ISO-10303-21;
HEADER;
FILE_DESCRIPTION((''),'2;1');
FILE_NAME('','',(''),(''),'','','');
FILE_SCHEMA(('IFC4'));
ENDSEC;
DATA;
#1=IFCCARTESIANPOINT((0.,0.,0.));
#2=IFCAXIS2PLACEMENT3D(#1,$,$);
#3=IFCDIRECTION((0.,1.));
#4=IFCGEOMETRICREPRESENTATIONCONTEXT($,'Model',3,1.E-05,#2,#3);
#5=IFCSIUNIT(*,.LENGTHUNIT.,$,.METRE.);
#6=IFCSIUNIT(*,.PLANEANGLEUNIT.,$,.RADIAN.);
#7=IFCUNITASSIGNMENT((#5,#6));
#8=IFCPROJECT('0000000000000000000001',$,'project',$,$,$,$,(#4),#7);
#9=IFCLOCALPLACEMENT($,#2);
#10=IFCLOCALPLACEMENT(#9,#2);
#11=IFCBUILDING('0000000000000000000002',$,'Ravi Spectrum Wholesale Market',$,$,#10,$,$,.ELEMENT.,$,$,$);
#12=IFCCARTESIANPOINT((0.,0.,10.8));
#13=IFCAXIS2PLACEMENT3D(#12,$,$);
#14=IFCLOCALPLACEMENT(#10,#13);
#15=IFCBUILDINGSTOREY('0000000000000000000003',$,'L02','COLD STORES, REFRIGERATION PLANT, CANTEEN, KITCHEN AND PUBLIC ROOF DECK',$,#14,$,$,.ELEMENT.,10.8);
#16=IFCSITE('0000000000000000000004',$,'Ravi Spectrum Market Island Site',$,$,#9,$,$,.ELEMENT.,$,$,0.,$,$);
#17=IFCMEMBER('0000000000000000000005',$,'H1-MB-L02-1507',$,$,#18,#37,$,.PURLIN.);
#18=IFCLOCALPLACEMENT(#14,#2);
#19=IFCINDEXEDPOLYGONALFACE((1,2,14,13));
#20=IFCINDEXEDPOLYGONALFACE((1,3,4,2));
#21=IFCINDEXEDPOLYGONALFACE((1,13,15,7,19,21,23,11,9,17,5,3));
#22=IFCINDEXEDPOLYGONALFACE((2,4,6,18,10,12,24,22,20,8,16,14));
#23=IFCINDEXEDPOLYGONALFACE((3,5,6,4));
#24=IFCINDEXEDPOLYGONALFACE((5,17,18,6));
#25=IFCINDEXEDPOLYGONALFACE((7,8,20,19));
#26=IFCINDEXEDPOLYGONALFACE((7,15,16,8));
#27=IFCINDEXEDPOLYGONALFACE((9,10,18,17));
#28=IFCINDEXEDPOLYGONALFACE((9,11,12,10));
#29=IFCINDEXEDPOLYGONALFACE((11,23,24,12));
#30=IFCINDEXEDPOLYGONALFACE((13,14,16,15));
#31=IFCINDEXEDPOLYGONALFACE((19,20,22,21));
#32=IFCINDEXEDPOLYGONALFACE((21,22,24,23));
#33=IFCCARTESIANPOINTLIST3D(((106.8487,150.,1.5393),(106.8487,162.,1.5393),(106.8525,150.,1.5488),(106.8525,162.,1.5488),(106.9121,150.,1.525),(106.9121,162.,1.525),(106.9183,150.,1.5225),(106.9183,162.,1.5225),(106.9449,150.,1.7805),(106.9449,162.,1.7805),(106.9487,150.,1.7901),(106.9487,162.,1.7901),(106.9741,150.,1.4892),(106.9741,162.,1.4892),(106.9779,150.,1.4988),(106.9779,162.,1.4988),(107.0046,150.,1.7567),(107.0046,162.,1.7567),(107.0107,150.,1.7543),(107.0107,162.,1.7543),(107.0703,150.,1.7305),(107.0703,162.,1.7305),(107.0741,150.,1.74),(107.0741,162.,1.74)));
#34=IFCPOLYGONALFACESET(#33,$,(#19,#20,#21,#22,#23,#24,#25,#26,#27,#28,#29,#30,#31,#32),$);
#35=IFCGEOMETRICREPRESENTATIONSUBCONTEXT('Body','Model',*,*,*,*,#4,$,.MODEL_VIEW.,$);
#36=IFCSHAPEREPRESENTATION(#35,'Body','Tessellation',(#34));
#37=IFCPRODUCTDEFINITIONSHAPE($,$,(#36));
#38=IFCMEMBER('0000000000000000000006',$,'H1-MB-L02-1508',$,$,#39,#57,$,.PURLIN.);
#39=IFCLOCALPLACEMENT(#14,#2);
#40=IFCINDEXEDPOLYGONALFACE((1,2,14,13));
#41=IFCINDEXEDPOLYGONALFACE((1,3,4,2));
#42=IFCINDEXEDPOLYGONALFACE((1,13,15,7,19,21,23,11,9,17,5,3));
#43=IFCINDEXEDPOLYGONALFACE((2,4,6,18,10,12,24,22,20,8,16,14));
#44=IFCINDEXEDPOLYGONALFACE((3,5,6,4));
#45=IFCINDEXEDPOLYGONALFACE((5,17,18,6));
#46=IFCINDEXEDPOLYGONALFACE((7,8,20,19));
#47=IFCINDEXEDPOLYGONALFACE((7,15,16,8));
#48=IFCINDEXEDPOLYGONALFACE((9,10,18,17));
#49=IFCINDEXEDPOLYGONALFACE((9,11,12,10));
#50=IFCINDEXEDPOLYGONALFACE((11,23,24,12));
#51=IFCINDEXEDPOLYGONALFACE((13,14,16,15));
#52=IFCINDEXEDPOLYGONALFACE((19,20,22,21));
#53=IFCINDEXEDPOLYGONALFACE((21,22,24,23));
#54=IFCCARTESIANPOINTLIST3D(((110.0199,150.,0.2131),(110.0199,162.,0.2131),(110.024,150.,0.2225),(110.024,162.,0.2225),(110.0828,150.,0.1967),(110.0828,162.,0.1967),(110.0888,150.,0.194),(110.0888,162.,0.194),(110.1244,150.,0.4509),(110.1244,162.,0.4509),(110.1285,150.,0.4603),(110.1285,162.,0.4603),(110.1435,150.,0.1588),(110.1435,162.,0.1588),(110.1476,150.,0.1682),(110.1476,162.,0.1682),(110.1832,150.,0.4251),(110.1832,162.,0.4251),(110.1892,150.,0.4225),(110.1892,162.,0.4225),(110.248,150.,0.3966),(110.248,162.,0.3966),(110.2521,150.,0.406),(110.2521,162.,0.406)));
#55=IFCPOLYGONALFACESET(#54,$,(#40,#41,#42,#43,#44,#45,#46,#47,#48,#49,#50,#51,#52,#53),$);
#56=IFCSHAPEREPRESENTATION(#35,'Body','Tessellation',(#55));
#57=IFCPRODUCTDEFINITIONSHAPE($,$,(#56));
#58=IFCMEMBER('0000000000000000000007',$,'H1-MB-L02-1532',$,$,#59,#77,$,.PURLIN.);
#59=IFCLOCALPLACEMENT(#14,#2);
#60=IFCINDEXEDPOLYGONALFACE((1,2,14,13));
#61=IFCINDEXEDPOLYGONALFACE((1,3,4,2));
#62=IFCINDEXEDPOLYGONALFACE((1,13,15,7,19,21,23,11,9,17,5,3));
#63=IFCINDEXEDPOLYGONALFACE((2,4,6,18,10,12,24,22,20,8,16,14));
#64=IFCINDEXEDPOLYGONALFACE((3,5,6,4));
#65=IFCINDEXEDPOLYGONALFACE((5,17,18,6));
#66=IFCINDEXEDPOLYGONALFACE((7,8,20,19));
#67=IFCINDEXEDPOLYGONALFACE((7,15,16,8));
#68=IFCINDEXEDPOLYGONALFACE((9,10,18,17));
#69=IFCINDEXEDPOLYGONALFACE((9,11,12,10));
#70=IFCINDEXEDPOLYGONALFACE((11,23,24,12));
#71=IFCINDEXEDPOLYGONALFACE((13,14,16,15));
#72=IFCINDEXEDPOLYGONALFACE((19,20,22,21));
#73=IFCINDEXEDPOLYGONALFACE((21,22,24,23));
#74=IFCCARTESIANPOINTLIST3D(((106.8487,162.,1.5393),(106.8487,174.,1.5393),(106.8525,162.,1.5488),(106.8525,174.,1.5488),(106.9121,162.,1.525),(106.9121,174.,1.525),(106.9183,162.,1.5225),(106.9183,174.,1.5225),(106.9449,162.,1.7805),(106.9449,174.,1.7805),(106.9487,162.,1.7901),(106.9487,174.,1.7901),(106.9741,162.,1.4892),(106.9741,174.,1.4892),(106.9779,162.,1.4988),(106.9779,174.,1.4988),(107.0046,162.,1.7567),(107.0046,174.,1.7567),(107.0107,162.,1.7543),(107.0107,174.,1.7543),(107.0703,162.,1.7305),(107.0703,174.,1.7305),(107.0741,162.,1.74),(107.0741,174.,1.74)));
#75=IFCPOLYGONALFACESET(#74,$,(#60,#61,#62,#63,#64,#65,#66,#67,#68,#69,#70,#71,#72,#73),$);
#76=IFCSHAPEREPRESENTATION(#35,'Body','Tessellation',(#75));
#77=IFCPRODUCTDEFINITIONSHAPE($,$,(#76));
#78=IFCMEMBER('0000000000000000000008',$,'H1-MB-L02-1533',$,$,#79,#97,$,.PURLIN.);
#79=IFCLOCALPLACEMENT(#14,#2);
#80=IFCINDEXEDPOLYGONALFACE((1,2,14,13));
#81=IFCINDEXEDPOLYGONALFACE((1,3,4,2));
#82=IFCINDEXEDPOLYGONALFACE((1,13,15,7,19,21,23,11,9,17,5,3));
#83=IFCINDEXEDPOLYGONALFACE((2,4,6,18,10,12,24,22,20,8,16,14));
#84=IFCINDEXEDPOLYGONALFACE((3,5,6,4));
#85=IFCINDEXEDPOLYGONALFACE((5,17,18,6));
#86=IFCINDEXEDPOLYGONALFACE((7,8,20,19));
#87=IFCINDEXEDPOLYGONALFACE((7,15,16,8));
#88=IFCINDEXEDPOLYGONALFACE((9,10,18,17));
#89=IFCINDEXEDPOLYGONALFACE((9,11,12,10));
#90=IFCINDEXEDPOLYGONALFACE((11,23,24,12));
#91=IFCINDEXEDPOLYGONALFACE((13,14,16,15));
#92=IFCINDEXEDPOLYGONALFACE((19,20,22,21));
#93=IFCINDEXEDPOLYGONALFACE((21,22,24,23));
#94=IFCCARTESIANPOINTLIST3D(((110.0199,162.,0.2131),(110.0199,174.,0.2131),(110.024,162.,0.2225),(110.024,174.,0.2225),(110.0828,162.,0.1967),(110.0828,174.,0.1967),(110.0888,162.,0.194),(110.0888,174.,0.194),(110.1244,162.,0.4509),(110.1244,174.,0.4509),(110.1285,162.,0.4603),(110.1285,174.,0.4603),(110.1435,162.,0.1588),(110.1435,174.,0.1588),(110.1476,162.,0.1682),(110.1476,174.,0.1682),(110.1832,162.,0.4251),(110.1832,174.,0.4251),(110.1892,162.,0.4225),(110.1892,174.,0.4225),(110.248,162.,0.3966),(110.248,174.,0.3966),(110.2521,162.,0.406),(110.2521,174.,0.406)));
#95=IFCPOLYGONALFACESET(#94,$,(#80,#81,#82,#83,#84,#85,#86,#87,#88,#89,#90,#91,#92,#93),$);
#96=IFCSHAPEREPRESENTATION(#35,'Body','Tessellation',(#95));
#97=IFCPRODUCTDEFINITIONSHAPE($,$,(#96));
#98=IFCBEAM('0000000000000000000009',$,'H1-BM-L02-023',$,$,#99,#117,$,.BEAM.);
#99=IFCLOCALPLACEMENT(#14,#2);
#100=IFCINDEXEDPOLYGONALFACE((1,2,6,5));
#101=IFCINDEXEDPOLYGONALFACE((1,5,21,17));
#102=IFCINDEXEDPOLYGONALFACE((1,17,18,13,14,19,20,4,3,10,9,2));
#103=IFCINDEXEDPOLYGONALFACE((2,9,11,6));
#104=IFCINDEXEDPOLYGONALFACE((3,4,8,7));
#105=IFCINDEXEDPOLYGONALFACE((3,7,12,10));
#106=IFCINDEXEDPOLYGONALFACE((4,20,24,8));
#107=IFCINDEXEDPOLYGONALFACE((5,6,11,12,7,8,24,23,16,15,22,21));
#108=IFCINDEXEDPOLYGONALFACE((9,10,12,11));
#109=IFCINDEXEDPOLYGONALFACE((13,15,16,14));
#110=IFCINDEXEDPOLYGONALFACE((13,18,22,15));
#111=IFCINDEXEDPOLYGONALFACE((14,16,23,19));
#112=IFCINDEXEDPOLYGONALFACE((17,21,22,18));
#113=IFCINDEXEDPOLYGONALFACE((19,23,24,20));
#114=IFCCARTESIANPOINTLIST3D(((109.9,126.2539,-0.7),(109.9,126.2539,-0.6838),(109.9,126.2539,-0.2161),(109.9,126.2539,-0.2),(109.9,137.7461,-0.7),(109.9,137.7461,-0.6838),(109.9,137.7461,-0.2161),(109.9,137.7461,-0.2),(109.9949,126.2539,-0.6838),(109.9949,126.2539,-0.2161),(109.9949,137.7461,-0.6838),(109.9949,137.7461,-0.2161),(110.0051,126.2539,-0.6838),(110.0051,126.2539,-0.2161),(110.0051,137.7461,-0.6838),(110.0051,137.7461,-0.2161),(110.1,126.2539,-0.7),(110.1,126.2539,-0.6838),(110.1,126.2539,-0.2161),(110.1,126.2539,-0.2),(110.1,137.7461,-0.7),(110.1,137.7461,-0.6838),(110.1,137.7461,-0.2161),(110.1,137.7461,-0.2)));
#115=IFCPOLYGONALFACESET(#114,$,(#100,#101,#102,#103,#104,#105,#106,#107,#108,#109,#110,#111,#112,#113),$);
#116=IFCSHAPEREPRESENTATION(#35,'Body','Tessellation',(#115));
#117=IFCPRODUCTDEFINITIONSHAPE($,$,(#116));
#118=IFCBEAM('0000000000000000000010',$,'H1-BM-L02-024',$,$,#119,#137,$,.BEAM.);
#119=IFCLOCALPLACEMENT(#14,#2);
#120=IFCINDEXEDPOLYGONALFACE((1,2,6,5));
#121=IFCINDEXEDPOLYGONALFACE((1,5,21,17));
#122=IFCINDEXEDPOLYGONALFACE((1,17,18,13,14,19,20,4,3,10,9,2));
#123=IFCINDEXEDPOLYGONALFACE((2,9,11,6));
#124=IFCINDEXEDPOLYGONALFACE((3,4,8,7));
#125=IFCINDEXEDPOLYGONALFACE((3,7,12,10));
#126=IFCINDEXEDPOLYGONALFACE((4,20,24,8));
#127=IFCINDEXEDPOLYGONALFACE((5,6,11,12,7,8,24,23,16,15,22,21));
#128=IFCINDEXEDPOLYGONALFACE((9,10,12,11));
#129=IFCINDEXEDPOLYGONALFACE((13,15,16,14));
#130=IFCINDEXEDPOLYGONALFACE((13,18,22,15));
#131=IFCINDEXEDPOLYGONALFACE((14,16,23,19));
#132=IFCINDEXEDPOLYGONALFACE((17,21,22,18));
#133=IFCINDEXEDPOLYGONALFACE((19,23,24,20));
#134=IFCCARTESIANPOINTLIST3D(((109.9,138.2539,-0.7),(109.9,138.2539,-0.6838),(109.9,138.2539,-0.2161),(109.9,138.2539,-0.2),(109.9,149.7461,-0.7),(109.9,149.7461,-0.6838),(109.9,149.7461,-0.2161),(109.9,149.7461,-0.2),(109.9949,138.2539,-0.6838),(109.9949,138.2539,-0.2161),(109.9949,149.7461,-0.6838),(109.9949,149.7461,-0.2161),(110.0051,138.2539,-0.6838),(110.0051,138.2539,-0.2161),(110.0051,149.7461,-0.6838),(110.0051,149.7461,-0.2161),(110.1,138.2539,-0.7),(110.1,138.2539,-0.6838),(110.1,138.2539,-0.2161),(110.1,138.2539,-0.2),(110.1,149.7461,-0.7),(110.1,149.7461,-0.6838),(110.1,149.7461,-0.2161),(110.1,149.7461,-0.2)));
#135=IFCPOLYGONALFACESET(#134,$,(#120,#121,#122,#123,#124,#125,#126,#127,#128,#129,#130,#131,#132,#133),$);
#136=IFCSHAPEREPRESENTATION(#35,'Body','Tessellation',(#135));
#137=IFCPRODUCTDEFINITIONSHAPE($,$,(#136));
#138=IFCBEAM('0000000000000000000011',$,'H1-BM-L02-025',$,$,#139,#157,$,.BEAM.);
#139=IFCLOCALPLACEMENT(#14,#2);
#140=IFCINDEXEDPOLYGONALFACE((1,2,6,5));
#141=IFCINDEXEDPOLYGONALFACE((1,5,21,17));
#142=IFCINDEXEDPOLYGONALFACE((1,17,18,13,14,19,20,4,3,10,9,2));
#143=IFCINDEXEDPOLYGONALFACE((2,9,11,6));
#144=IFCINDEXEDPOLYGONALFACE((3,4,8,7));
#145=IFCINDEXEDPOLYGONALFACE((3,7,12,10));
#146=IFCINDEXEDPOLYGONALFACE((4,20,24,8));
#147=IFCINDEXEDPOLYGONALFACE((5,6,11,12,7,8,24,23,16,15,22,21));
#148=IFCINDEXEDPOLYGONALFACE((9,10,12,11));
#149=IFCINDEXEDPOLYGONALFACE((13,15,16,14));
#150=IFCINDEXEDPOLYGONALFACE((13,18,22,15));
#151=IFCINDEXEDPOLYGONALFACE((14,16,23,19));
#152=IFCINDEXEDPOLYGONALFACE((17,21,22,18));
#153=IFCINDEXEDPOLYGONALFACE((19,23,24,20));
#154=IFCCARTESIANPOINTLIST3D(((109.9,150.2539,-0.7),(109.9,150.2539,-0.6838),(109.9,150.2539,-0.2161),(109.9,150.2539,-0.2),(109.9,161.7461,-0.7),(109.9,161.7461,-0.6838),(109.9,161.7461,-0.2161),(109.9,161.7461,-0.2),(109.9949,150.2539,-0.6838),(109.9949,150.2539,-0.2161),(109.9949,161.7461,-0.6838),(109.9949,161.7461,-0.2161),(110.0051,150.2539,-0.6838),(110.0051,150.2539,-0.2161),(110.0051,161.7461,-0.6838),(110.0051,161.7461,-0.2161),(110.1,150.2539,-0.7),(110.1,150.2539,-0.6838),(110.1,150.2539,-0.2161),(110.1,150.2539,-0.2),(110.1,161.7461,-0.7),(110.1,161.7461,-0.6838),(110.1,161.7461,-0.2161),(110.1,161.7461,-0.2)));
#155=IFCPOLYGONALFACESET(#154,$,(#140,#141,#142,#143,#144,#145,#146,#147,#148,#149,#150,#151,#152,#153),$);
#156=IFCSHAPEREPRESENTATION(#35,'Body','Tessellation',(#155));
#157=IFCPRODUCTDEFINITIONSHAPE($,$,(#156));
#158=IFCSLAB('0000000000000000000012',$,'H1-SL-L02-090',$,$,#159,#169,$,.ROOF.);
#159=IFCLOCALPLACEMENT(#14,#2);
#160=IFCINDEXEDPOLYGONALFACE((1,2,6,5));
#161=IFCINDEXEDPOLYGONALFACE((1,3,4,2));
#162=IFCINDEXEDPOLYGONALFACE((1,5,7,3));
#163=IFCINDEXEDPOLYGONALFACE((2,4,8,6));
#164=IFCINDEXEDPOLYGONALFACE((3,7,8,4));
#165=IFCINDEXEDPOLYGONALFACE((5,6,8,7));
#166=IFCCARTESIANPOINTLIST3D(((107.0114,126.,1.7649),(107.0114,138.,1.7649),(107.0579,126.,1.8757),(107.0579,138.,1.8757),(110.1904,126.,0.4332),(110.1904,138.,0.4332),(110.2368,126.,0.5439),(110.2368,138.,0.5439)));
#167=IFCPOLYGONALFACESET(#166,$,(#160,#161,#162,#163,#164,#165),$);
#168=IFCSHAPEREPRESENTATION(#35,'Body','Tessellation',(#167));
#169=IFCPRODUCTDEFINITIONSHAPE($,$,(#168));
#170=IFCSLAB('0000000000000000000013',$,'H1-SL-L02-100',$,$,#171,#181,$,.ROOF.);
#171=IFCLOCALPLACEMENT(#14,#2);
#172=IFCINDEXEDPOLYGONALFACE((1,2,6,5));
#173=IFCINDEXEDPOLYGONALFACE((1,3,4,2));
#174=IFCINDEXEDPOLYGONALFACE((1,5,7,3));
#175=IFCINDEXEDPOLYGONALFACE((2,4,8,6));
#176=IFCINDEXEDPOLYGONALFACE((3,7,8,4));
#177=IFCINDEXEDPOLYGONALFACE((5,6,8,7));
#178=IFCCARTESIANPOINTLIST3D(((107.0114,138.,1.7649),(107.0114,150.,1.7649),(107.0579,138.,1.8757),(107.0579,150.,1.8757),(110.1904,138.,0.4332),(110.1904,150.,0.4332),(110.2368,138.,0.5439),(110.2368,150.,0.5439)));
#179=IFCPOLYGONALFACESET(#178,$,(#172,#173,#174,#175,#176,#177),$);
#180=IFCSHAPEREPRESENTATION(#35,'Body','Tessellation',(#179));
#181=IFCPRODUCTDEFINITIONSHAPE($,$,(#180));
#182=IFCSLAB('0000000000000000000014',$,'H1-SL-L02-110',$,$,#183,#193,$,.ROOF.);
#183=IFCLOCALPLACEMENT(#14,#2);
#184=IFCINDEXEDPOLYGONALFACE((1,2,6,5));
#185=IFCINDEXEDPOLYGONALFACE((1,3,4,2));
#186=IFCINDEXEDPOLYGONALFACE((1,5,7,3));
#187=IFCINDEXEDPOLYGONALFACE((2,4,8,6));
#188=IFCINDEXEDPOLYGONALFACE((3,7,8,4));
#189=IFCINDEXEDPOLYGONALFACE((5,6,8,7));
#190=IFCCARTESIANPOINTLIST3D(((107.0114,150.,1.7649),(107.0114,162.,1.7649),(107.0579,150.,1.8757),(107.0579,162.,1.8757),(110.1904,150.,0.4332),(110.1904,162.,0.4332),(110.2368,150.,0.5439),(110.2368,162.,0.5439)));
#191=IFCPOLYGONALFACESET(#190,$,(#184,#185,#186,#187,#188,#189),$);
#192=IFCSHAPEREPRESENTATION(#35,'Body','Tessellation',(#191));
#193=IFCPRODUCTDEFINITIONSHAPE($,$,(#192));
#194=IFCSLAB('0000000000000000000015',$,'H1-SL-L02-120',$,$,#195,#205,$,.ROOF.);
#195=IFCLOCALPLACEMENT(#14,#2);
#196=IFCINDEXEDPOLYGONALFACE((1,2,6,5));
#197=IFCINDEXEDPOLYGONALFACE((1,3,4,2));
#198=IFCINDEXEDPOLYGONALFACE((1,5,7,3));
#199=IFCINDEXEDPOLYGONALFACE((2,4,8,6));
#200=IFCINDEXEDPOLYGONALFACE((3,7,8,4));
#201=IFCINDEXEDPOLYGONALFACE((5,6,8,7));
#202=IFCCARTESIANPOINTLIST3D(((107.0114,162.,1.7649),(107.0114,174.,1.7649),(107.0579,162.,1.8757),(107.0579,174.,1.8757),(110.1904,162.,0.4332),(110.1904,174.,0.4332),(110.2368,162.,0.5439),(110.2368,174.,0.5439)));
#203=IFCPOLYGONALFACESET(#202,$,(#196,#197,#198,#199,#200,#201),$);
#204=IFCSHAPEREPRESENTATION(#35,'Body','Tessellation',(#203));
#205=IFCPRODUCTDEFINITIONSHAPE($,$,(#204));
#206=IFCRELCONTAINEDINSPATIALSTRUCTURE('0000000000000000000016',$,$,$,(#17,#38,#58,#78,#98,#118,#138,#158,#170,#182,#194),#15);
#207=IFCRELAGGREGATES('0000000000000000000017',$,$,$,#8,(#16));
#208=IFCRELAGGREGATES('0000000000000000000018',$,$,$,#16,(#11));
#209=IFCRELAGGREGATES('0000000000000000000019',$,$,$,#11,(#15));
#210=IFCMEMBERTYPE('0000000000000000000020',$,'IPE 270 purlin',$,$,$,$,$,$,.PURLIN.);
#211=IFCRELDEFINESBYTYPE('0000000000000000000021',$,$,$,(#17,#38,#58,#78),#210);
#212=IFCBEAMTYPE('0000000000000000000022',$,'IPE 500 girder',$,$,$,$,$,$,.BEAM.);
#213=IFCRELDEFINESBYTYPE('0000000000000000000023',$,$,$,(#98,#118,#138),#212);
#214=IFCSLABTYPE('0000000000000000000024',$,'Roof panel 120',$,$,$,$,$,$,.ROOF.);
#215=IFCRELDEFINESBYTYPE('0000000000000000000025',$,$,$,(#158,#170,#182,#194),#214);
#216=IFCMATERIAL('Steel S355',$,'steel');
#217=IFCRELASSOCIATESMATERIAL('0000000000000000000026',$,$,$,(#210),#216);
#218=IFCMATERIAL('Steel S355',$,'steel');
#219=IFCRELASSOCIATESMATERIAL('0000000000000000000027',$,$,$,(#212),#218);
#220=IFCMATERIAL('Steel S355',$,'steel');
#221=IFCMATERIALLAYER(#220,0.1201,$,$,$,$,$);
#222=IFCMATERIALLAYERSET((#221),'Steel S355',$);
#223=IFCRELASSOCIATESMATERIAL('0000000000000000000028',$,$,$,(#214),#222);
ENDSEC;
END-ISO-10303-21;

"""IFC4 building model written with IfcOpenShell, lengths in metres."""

from ifc_helpers import new_model, si_unit, direction, frame, origin, origin_2d, place, context, subcontext, project, spatial, polyline, i_section, outline, extrude, material, layer, layer_set, material_profile, profile_set, type_object, element, save


model = new_model("IFC4")

# Units and contexts
model_context = context("Model", 3, precision=1e-05, world=origin(), true_north=direction((0.0, 1.0)))
body_context = subcontext(model_context, "Body", "Model", "MODEL_VIEW")
ifc_project = project(units=[si_unit("LENGTHUNIT", "METRE"), si_unit("PLANEANGLEUNIT", "RADIAN")], contexts=[model_context])

# Site, building, storey
site_placement = place(None, origin())
site = spatial("IfcSite", under=ifc_project, at=site_placement, Name="Ravi Spectrum Market Island Site", CompositionType="ELEMENT", RefElevation=0.0)
building_placement = place(site_placement, origin())
building = spatial("IfcBuilding", under=site, at=building_placement, Name="Ravi Spectrum Wholesale Market", CompositionType="ELEMENT")
storey_placement = place(building_placement, frame((0.0, 0.0, 10.8)))
storey = spatial("IfcBuildingStorey", under=building, at=storey_placement, Name="L02", Description="COLD STORES, REFRIGERATION PLANT, CANTEEN, KITCHEN AND PUBLIC ROOF DECK", CompositionType="ELEMENT", Elevation=10.8)

# Members
ifc_material_1 = material(Name="Steel S355", Category="steel")
ifc_material_profile_1 = material_profile(ifc_material_1, i_section(OverallWidth=0.135, OverallDepth=0.27, WebThickness=0.0066, FlangeThickness=0.0103, at=origin_2d()))
ifc_profile_set_1 = profile_set([ifc_material_profile_1], Name="Steel S355")
member_type_1 = type_object("IfcMemberType", Name="IPE 270 purlin", PredefinedType="PURLIN", material=ifc_profile_set_1)
for number, where, z_axis, x_axis, name in (
    (1, (106.9614, 150.0, 1.6396), (0.0, 1.0, 0.0), (-0.928855, 0.0, 0.370443), "H1-MB-L02-1507"),
    (2, (110.136, 150.0, 0.3096), (0.0, 1.0, 0.0), (-0.915525, 0.0, 0.40226), "H1-MB-L02-1508"),
    (3, (106.9614, 162.0, 1.6396), (0.0, 1.0, 0.0), (-0.928855, 0.0, 0.370443), "H1-MB-L02-1532"),
    (4, (110.136, 162.0, 0.3096), (0.0, 1.0, 0.0), (-0.915525, 0.0, 0.40226), "H1-MB-L02-1533"),
):
    element("IfcMember", number, at=place(storey_placement, frame(where, z_axis=z_axis, x_axis=x_axis)), inside=storey, type_object=member_type_1, Name=name, PredefinedType="PURLIN", context=body_context, shape_type="SweptSolid", body=[
        extrude(i_section(OverallWidth=0.135, OverallDepth=0.27, WebThickness=0.0066, FlangeThickness=0.0103, at=origin_2d()), origin(), (0.0, 0.0, 1.0), 12.0),
    ])

# Beams
ifc_material_2 = material(Name="Steel S355", Category="steel")
ifc_material_profile_2 = material_profile(ifc_material_2, i_section(OverallWidth=0.2, OverallDepth=0.5, WebThickness=0.0103, FlangeThickness=0.0161, at=origin_2d()))
ifc_profile_set_2 = profile_set([ifc_material_profile_2], Name="Steel S355")
beam_type = type_object("IfcBeamType", Name="IPE 500 girder", PredefinedType="BEAM", material=ifc_profile_set_2)
for number, where, z_axis, x_axis, name in (
    (5, (110.0, 126.2539, -0.45), (0.0, 1.0, 0.0), (-1.0, 0.0, 0.0), "H1-BM-L02-023"),
    (6, (110.0, 138.2539, -0.45), (0.0, 1.0, 0.0), (-1.0, 0.0, 0.0), "H1-BM-L02-024"),
    (7, (110.0, 150.2539, -0.45), (0.0, 1.0, 0.0), (-1.0, 0.0, 0.0), "H1-BM-L02-025"),
):
    element("IfcBeam", number, at=place(storey_placement, frame(where, z_axis=z_axis, x_axis=x_axis)), inside=storey, type_object=beam_type, Name=name, PredefinedType="BEAM", context=body_context, shape_type="SweptSolid", body=[
        extrude(i_section(OverallWidth=0.2, OverallDepth=0.5, WebThickness=0.0103, FlangeThickness=0.0161, at=origin_2d()), origin(), (0.0, 0.0, 1.0), 11.4922),
    ])

# Slabs
ifc_material_3 = material(Name="Steel S355", Category="steel")
ifc_layer_1 = layer(ifc_material_3, 0.1201)
ifc_layer_set_1 = layer_set([ifc_layer_1], Name="Steel S355")
slab_type = type_object("IfcSlabType", Name="Roof panel 120", PredefinedType="ROOF", material=ifc_layer_set_1)
for number, where, z_axis, x_axis, name in (
    (8, (107.0579, 126.0, 1.8757), (0.3864, 0.0, 0.922331), (0.922331, 0.0, -0.3864), "H1-SL-L02-090"),
    (9, (107.0579, 138.0, 1.8757), (0.3864, 0.0, 0.922331), (0.922331, 0.0, -0.3864), "H1-SL-L02-100"),
    (10, (107.0579, 150.0, 1.8757), (0.3864, 0.0, 0.922331), (0.922331, 0.0, -0.3864), "H1-SL-L02-110"),
    (11, (107.0579, 162.0, 1.8757), (0.3864, 0.0, 0.922331), (0.922331, 0.0, -0.3864), "H1-SL-L02-120"),
):
    element("IfcSlab", number, at=place(storey_placement, frame(where, z_axis=z_axis, x_axis=x_axis)), inside=storey, type_object=slab_type, Name=name, PredefinedType="ROOF", context=body_context, shape_type="SweptSolid", body=[
        extrude(outline(polyline([(0.0, 0.0), (3.4467, 0.0), (3.4467, 12.0), (0.0, 12.0), (0.0, 0.0)])), origin(), (0.0, 0.0, -1.0), 0.1201),
    ])

save(model, "model.ifc")
